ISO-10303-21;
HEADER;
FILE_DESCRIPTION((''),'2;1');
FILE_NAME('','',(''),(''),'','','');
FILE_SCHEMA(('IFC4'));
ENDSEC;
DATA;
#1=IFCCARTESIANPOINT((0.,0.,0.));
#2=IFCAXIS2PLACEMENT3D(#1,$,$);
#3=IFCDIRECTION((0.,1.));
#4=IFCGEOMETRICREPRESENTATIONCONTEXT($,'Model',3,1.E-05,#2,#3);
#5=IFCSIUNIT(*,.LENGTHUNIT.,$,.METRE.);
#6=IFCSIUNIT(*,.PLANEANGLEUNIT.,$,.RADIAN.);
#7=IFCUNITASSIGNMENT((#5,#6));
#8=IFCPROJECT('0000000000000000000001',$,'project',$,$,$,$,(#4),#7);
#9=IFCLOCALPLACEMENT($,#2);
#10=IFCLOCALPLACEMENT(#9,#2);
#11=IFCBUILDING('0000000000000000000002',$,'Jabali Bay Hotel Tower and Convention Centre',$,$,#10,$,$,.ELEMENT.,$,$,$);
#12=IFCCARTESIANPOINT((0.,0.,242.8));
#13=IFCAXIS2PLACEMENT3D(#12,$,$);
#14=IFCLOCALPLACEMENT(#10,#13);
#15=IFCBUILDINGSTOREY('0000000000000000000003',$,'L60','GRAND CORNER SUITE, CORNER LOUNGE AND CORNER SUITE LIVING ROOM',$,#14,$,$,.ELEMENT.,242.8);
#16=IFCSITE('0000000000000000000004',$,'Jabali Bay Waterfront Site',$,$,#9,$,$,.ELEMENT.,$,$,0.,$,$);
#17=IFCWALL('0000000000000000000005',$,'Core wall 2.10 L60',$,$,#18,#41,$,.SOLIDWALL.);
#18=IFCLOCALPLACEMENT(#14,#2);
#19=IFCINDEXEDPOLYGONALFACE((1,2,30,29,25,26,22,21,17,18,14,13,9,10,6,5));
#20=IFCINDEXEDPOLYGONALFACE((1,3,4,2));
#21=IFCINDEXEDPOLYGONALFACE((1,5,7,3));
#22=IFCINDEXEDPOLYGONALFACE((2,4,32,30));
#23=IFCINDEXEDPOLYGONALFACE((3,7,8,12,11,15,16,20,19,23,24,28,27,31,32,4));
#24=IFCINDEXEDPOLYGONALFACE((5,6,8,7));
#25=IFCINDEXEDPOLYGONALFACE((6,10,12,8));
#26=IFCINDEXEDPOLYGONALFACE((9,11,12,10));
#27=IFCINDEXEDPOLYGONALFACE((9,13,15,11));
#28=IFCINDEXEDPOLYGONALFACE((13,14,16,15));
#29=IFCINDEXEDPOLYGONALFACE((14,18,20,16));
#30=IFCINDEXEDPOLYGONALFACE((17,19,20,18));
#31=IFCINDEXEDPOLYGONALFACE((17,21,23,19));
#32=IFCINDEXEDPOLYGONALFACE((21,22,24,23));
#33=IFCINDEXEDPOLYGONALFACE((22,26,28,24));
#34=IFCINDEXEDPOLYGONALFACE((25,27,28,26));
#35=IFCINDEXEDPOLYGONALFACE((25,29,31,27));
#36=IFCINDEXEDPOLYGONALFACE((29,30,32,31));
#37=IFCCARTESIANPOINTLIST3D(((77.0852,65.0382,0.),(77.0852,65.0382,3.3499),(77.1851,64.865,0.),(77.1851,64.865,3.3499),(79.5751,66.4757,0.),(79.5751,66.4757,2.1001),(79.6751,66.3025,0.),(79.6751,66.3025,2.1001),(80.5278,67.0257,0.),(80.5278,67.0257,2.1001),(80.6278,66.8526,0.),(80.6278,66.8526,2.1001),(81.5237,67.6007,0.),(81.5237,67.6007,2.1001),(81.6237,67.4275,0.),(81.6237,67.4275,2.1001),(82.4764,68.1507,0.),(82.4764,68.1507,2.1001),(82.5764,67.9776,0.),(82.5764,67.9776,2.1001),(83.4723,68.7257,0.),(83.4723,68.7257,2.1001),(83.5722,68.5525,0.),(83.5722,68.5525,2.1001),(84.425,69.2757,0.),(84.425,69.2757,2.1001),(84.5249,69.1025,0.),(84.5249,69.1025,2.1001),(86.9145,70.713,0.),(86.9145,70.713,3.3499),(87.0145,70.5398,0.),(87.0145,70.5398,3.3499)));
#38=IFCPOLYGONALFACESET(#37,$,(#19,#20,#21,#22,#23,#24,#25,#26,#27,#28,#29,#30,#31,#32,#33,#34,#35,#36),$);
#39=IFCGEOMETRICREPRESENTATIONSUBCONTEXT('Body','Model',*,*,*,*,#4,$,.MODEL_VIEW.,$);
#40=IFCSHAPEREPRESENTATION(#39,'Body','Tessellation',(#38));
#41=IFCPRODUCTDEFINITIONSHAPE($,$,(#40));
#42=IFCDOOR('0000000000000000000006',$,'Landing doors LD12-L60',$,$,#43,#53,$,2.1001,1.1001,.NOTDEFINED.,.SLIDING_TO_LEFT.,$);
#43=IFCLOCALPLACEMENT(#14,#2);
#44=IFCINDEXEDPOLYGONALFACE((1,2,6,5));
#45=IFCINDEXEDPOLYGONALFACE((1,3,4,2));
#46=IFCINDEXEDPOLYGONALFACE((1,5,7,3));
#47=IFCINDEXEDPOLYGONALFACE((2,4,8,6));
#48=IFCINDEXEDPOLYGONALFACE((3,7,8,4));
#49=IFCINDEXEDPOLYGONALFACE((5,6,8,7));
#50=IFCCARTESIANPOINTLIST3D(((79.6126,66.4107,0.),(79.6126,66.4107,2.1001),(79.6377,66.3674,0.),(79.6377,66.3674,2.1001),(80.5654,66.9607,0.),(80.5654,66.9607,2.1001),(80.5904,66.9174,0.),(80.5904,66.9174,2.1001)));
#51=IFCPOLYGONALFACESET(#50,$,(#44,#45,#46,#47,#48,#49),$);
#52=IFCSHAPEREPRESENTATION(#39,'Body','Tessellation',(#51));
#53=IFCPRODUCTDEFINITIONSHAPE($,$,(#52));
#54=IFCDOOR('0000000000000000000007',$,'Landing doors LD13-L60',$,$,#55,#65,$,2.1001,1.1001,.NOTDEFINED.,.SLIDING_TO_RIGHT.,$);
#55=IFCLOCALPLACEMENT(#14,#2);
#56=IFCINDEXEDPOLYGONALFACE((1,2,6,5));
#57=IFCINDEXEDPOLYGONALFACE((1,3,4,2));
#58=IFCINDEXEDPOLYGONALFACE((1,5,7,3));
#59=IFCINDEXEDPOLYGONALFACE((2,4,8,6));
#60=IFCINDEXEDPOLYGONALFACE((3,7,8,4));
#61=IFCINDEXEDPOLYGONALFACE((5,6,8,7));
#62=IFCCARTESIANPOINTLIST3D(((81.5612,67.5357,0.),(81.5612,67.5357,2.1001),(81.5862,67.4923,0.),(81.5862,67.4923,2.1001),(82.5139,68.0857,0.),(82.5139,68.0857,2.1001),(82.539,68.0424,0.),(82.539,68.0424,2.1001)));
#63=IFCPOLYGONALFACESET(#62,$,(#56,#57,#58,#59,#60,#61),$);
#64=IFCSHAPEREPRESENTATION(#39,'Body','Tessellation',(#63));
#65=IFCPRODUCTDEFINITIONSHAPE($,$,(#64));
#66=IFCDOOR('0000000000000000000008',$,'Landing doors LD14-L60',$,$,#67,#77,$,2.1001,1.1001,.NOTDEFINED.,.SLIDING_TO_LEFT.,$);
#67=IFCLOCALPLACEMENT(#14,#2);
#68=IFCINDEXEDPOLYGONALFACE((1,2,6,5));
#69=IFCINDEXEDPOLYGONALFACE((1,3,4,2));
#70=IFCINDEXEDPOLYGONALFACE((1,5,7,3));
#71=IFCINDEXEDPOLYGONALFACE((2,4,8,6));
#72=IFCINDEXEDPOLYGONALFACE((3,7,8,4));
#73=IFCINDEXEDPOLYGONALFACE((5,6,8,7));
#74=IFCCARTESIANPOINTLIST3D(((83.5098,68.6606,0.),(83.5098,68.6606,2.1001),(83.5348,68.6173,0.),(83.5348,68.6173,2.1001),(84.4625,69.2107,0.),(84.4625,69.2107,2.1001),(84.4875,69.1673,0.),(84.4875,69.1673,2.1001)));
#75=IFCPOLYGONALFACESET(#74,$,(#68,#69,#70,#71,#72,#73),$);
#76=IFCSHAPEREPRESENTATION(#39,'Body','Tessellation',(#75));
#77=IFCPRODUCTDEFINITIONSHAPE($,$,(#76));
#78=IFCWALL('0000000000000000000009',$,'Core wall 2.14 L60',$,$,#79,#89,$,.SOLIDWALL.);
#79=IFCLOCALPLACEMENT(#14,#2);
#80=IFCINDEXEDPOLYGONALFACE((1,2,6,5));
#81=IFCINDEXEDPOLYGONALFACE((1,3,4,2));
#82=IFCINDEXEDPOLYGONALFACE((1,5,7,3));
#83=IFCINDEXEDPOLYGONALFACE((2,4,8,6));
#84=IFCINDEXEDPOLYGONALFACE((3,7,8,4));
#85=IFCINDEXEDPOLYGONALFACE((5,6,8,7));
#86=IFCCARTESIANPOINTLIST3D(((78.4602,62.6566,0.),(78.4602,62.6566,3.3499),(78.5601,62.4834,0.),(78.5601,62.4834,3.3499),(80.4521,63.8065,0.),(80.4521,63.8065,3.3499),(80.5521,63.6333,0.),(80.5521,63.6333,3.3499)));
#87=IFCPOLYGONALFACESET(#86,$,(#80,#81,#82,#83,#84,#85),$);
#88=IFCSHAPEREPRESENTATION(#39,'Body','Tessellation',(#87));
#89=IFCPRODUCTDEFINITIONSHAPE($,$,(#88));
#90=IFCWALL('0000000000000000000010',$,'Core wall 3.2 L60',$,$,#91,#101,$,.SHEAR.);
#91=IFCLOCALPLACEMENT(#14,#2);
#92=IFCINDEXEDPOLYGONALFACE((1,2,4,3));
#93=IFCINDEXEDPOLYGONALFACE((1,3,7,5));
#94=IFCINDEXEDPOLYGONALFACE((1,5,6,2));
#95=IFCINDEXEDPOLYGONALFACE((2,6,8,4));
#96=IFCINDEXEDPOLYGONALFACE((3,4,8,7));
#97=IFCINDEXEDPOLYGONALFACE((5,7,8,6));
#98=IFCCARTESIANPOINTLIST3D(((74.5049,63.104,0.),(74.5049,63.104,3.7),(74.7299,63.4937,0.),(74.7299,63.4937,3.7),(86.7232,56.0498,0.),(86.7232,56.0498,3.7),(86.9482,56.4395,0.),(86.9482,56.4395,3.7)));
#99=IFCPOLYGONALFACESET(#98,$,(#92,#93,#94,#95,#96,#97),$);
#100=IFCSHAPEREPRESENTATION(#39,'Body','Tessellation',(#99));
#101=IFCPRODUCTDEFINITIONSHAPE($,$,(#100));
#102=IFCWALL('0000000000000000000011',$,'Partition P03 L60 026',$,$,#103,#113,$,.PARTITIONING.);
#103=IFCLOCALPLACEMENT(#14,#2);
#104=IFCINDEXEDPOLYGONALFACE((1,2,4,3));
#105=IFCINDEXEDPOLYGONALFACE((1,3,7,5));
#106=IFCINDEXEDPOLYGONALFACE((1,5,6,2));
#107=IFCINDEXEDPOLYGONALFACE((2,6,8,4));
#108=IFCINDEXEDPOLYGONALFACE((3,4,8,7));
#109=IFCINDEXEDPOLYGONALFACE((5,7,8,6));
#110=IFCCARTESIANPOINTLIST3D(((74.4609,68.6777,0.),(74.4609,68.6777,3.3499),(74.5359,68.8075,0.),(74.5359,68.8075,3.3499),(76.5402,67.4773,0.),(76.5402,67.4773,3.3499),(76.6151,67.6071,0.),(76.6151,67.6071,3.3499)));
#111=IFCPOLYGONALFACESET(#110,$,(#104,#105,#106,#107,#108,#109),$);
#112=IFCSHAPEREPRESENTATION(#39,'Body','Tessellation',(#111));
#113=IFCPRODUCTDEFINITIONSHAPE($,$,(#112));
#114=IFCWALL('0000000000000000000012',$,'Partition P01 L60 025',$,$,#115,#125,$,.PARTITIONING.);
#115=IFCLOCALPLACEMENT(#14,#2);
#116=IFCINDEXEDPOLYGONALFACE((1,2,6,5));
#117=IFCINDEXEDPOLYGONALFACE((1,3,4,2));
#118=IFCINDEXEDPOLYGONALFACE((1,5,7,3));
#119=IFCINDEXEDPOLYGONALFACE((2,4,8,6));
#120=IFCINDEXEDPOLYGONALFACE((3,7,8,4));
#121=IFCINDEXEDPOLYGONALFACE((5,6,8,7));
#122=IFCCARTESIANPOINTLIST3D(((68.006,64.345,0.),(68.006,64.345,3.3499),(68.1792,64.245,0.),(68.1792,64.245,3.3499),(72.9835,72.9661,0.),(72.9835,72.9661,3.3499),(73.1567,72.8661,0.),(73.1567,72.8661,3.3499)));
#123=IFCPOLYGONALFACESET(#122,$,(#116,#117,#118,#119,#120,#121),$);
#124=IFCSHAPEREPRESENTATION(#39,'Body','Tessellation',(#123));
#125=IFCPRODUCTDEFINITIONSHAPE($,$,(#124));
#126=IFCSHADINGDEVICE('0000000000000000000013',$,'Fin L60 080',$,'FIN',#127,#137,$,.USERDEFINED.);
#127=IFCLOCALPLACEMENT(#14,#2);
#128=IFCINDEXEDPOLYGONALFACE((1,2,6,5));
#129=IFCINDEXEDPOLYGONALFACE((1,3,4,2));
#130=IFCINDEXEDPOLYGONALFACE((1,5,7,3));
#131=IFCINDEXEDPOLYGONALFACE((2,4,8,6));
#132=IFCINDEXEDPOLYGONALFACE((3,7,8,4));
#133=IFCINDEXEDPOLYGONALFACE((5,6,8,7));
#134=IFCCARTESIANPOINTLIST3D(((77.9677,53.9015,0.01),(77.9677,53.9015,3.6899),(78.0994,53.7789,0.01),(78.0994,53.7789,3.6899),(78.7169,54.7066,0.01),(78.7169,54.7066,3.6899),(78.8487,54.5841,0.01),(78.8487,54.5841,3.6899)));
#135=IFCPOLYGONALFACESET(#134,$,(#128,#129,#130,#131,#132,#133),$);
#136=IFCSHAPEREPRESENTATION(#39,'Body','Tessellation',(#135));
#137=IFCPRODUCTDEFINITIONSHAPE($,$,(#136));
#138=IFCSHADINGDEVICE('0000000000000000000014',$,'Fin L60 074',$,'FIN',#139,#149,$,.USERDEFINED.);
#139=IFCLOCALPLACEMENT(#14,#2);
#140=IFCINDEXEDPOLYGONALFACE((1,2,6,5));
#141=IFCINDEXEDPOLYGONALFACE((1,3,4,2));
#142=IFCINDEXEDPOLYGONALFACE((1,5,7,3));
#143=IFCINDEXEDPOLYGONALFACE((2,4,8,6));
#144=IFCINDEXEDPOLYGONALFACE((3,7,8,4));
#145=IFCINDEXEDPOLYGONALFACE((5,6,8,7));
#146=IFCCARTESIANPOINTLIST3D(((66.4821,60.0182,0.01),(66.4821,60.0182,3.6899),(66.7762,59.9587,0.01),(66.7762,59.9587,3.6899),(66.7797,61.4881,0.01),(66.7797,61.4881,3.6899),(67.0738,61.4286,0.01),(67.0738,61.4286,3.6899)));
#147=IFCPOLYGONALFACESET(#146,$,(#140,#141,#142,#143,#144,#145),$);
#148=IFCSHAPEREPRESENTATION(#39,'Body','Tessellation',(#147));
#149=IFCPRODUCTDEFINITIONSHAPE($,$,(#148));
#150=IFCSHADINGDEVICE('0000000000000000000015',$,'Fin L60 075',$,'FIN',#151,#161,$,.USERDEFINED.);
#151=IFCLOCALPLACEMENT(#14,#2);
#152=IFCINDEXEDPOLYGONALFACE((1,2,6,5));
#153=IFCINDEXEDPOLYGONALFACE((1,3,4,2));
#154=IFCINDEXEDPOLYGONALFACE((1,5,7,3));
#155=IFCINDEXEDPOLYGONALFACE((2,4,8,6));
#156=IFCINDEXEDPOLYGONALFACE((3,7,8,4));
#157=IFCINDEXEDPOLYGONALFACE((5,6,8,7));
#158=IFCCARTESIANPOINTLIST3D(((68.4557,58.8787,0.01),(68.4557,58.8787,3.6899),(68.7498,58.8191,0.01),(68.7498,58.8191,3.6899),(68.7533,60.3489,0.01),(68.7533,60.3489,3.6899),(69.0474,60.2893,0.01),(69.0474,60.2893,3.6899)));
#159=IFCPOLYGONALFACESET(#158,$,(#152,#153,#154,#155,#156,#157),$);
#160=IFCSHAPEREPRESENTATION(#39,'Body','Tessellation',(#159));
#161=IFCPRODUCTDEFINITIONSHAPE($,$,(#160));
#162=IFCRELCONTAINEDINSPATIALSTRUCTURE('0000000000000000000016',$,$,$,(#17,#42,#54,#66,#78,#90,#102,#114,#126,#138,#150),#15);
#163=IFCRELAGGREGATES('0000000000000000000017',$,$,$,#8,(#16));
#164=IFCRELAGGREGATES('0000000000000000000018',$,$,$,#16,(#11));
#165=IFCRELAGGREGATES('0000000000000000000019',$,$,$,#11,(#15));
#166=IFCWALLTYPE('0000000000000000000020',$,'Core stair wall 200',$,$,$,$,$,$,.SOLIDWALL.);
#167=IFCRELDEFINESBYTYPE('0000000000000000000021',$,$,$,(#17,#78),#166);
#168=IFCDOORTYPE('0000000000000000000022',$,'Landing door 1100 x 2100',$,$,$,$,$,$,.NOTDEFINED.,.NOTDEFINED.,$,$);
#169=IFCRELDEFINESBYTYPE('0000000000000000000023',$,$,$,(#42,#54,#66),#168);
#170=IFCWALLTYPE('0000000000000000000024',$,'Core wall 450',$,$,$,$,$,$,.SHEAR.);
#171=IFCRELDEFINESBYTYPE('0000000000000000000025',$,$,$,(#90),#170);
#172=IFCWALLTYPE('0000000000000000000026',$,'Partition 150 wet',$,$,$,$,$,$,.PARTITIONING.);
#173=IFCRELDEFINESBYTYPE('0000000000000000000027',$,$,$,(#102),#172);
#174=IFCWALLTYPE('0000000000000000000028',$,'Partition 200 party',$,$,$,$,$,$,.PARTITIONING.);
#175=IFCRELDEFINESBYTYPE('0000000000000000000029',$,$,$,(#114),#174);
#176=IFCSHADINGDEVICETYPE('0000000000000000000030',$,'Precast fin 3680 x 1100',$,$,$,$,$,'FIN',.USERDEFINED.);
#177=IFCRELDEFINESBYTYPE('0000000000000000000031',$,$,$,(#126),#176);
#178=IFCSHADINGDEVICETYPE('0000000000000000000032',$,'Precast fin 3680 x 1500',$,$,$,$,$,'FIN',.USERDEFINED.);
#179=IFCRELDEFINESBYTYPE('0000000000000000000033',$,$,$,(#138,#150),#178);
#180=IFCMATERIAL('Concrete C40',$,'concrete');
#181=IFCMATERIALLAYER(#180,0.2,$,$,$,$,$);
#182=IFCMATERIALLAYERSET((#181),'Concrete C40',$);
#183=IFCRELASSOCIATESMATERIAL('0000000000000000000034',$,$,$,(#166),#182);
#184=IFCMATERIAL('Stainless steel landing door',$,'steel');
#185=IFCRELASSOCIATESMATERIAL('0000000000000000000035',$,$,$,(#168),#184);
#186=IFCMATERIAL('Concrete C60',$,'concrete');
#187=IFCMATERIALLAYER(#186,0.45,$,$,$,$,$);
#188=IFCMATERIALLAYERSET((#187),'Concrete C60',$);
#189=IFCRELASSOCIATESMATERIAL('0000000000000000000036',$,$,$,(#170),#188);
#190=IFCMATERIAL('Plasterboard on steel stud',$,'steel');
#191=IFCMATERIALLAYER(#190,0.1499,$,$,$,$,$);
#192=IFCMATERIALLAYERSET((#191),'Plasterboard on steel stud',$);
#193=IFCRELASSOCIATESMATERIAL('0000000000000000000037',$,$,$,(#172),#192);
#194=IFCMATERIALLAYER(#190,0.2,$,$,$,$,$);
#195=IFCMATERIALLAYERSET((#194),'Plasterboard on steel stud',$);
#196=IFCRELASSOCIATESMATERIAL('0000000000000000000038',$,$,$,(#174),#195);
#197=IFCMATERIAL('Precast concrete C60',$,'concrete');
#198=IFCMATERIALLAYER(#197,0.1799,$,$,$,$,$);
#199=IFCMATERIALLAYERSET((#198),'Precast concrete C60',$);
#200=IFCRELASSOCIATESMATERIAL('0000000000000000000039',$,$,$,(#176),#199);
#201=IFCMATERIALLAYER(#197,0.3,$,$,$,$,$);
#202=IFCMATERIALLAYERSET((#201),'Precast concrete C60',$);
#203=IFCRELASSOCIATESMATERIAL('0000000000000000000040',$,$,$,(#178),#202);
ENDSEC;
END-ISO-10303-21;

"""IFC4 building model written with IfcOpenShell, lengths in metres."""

from ifc_helpers import new_model, si_unit, direction, frame, frame_2d, origin, place, context, subcontext, project, spatial, rectangle, extrude, material, layer, layer_set, type_object, element, fill, save


model = new_model("IFC4")

# Units and contexts
model_context = context("Model", 3, precision=1e-05, world=origin(), true_north=direction((0.0, 1.0)))
body_context = subcontext(model_context, "Body", "Model", "MODEL_VIEW")
ifc_project = project(units=[si_unit("LENGTHUNIT", "METRE"), si_unit("PLANEANGLEUNIT", "RADIAN")], contexts=[model_context])

# Site, building, storey
site_placement = place(None, origin())
site = spatial("IfcSite", under=ifc_project, at=site_placement, Name="Jabali Bay Waterfront Site", CompositionType="ELEMENT", RefElevation=0.0)
building_placement = place(site_placement, origin())
building = spatial("IfcBuilding", under=site, at=building_placement, Name="Jabali Bay Hotel Tower and Convention Centre", CompositionType="ELEMENT")
storey_placement = place(building_placement, frame((0.0, 0.0, 242.8)))
storey = spatial("IfcBuildingStorey", under=building, at=storey_placement, Name="L60", Description="GRAND CORNER SUITE, CORNER LOUNGE AND CORNER SUITE LIVING ROOM", CompositionType="ELEMENT", Elevation=242.8)

# Shared definitions
ifc_material_1 = material(Name="Concrete C60", Category="concrete")

# Shared definitions
ifc_material_2 = material(Name="Concrete C40", Category="concrete")

# Shared definitions
ifc_layer_1 = layer(ifc_material_2, 0.2)
ifc_layer_set_1 = layer_set([ifc_layer_1], Name="Concrete C40")
wall_type_1 = type_object("IfcWallType", Name="Core stair wall 200", PredefinedType="SOLIDWALL", material=ifc_layer_set_1)

# Wall, openings, doors
wall_1_placement = place(storey_placement, frame((77.1353, 64.9517, 0.0), z_axis=(0.0, 0.0, 1.0), x_axis=(0.866032, 0.499989, 0.0)))
wall_1 = element("IfcWall", 1, at=wall_1_placement, inside=storey, type_object=wall_type_1, Name="Core wall 2.10 L60", PredefinedType="SOLIDWALL", context=body_context, shape_type="SweptSolid", body=[
    extrude(rectangle(XDim=11.3499, YDim=0.2, at=frame_2d((5.6748, 0.0))), origin(), (0.0, 0.0, 1.0), 3.3499),
])
opening_1_placement = place(wall_1_placement, frame((2.875, 0.0, 0.0)))
opening_1 = element("IfcOpeningElement", 2, at=opening_1_placement, cuts=wall_1, PredefinedType="OPENING", context=body_context, shape_type="SweptSolid", body=[
    extrude(rectangle(XDim=1.1001, YDim=2.1001, at=frame_2d((0.55, 1.05))), frame((0.0, 0.1104, 0.0), z_axis=(0.0, -1.0, 0.0), x_axis=(1.0, 0.0, 0.0)), (0.0, 0.0, 1.0), 0.2209),
])
opening_2_placement = place(wall_1_placement, frame((5.125, 0.0, 0.0)))
opening_2 = element("IfcOpeningElement", 3, at=opening_2_placement, cuts=wall_1, PredefinedType="OPENING", context=body_context, shape_type="SweptSolid", body=[
    extrude(rectangle(XDim=1.1001, YDim=2.1001, at=frame_2d((0.55, 1.05))), frame((0.0, 0.1104, 0.0), z_axis=(0.0, -1.0, 0.0), x_axis=(1.0, 0.0, 0.0)), (0.0, 0.0, 1.0), 0.2209),
])
opening_3_placement = place(wall_1_placement, frame((7.375, 0.0, 0.0)))
opening_3 = element("IfcOpeningElement", 4, at=opening_3_placement, cuts=wall_1, PredefinedType="OPENING", context=body_context, shape_type="SweptSolid", body=[
    extrude(rectangle(XDim=1.1001, YDim=2.1001, at=frame_2d((0.55, 1.05))), frame((0.0, 0.1104, 0.0), z_axis=(0.0, -1.0, 0.0), x_axis=(1.0, 0.0, 0.0)), (0.0, 0.0, 1.0), 0.2209),
])
ifc_material_3 = material(Name="Stainless steel landing door", Category="steel")
door_type_1 = type_object("IfcDoorType", Name="Landing door 1100 x 2100", OperationType="NOTDEFINED", PredefinedType="NOTDEFINED", material=ifc_material_3)
door_1_placement = place(opening_1_placement, origin())
door_1 = element("IfcDoor", 5, at=door_1_placement, inside=storey, type_object=door_type_1, Name="Landing doors LD12-L60", OperationType="SLIDING_TO_LEFT", OverallHeight=2.1001, OverallWidth=1.1001, PredefinedType="NOTDEFINED", context=body_context, shape_type="SweptSolid", body=[
    extrude(rectangle(XDim=1.1001, YDim=2.1001, at=frame_2d((0.55, 1.05))), frame((0.0, 0.0249, 0.0), z_axis=(0.0, -1.0, 0.0), x_axis=(1.0, 0.0, 0.0)), (0.0, 0.0, 1.0), 0.05),
])
fill(opening_1, door_1)
door_2_placement = place(opening_2_placement, origin())
door_2 = element("IfcDoor", 6, at=door_2_placement, inside=storey, type_object=door_type_1, Name="Landing doors LD13-L60", OperationType="SLIDING_TO_RIGHT", OverallHeight=2.1001, OverallWidth=1.1001, PredefinedType="NOTDEFINED", context=body_context, shape_type="SweptSolid", body=[
    extrude(rectangle(XDim=1.1001, YDim=2.1001, at=frame_2d((0.55, 1.05))), frame((0.0, 0.0249, 0.0), z_axis=(0.0, -1.0, 0.0), x_axis=(1.0, 0.0, 0.0)), (0.0, 0.0, 1.0), 0.05),
])
fill(opening_2, door_2)
door_3_placement = place(opening_3_placement, origin())
door_3 = element("IfcDoor", 7, at=door_3_placement, inside=storey, type_object=door_type_1, Name="Landing doors LD14-L60", OperationType="SLIDING_TO_LEFT", OverallHeight=2.1001, OverallWidth=1.1001, PredefinedType="NOTDEFINED", context=body_context, shape_type="SweptSolid", body=[
    extrude(rectangle(XDim=1.1001, YDim=2.1001, at=frame_2d((0.55, 1.05))), frame((0.0, 0.0249, 0.0), z_axis=(0.0, -1.0, 0.0), x_axis=(1.0, 0.0, 0.0)), (0.0, 0.0, 1.0), 0.05),
])
fill(opening_3, door_3)

# Walls
wall_2_placement = place(storey_placement, frame((78.5103, 62.5701, 0.0), z_axis=(0.0, 0.0, 1.0), x_axis=(0.866053, 0.499952, 0.0)))
element("IfcWall", 8, at=wall_2_placement, inside=storey, type_object=wall_type_1, Name="Core wall 2.14 L60", PredefinedType="SOLIDWALL", context=body_context, shape_type="SweptSolid", body=[
    extrude(rectangle(XDim=2.3, YDim=0.2, at=frame_2d((1.1499, 0.0))), origin(), (0.0, 0.0, 1.0), 3.3499),
])
ifc_layer_2 = layer(ifc_material_1, 0.45)
ifc_layer_set_2 = layer_set([ifc_layer_2], Name="Concrete C60")
wall_type_2 = type_object("IfcWallType", Name="Core wall 450", PredefinedType="SHEAR", material=ifc_layer_set_2)
wall_3_placement = place(storey_placement, frame((74.6174, 63.2988, 0.0), z_axis=(0.0, 0.0, 1.0), x_axis=(0.866026, -0.499999, 0.0)))
element("IfcWall", 9, at=wall_3_placement, inside=storey, type_object=wall_type_2, Name="Core wall 3.2 L60", PredefinedType="SHEAR", context=body_context, shape_type="SweptSolid", body=[
    extrude(rectangle(XDim=14.1084, YDim=0.45, at=frame_2d((7.0542, 0.0))), origin(), (0.0, 0.0, 1.0), 3.7),
])
ifc_material_4 = material(Name="Plasterboard on steel stud", Category="steel")
ifc_layer_3 = layer(ifc_material_4, 0.1499)
ifc_layer_set_3 = layer_set([ifc_layer_3], Name="Plasterboard on steel stud")
wall_type_3 = type_object("IfcWallType", Name="Partition 150 wet", PredefinedType="PARTITIONING", material=ifc_layer_set_3)
wall_4_placement = place(storey_placement, frame((76.5776, 67.5422, 0.0), z_axis=(0.0, 0.0, 1.0), x_axis=(-0.866038, 0.499978, 0.0)))
element("IfcWall", 10, at=wall_4_placement, inside=storey, type_object=wall_type_3, Name="Partition P03 L60 026", PredefinedType="PARTITIONING", context=body_context, shape_type="SweptSolid", body=[
    extrude(rectangle(XDim=2.4009, YDim=0.1499, at=frame_2d((1.2004, 0.0))), origin(), (0.0, 0.0, 1.0), 3.3499),
])
ifc_layer_4 = layer(ifc_material_4, 0.2)
ifc_layer_set_4 = layer_set([ifc_layer_4], Name="Plasterboard on steel stud")
wall_type_4 = type_object("IfcWallType", Name="Partition 200 party", PredefinedType="PARTITIONING", material=ifc_layer_set_4)
wall_5_placement = place(storey_placement, frame((68.0925, 64.2949, 0.0), z_axis=(0.0, 0.0, 1.0), x_axis=(0.500011, 0.866019, 0.0)))
element("IfcWall", 11, at=wall_5_placement, inside=storey, type_object=wall_type_4, Name="Partition P01 L60 025", PredefinedType="PARTITIONING", context=body_context, shape_type="SweptSolid", body=[
    extrude(rectangle(XDim=9.9548, YDim=0.2, at=frame_2d((4.9775, 0.0))), origin(), (0.0, 0.0, 1.0), 3.3499),
])

# Shading devices
ifc_material_5 = material(Name="Precast concrete C60", Category="concrete")
ifc_layer_5 = layer(ifc_material_5, 0.1799)
ifc_layer_set_5 = layer_set([ifc_layer_5], Name="Precast concrete C60")
shading_device_type_1 = type_object("IfcShadingDeviceType", Name="Precast fin 3680 x 1100", ElementType="FIN", PredefinedType="USERDEFINED", material=ifc_layer_set_5)
shading_device_1_placement = place(storey_placement, frame((78.7827, 54.6453, 0.01), z_axis=(0.0, 0.0, 1.0), x_axis=(-0.681234, -0.732066, 0.0)))
element("IfcShadingDevice", 12, at=shading_device_1_placement, inside=storey, type_object=shading_device_type_1, Name="Fin L60 080", ObjectType="FIN", PredefinedType="USERDEFINED", context=body_context, shape_type="SweptSolid", body=[
    extrude(rectangle(XDim=1.0999, YDim=0.1799, at=frame_2d((0.5498, 0.0))), origin(), (0.0, 0.0, 1.0), 3.6799),
])
ifc_layer_6 = layer(ifc_material_5, 0.3)
ifc_layer_set_6 = layer_set([ifc_layer_6], Name="Precast concrete C60")
shading_device_type_2 = type_object("IfcShadingDeviceType", Name="Precast fin 3680 x 1500", ElementType="FIN", PredefinedType="USERDEFINED", material=ifc_layer_set_6)
shading_device_2_placement = place(storey_placement, frame((66.9268, 61.4585, 0.01), z_axis=(0.0, 0.0, 1.0), x_axis=(-0.198432, -0.980115, 0.0)))
element("IfcShadingDevice", 13, at=shading_device_2_placement, inside=storey, type_object=shading_device_type_2, Name="Fin L60 074", ObjectType="FIN", PredefinedType="USERDEFINED", context=body_context, shape_type="SweptSolid", body=[
    extrude(rectangle(XDim=1.4998, YDim=0.3, at=frame_2d((0.75, 0.0))), origin(), (0.0, 0.0, 1.0), 3.6799),
])
shading_device_3_placement = place(storey_placement, frame((68.9004, 60.3191, 0.01), z_axis=(0.0, 0.0, 1.0), x_axis=(-0.1984, -0.980121, 0.0)))
element("IfcShadingDevice", 14, at=shading_device_3_placement, inside=storey, type_object=shading_device_type_2, Name="Fin L60 075", ObjectType="FIN", PredefinedType="USERDEFINED", context=body_context, shape_type="SweptSolid", body=[
    extrude(rectangle(XDim=1.5, YDim=0.3, at=frame_2d((0.75, 0.0))), origin(), (0.0, 0.0, 1.0), 3.6799),
])

save(model, "model.ifc")
